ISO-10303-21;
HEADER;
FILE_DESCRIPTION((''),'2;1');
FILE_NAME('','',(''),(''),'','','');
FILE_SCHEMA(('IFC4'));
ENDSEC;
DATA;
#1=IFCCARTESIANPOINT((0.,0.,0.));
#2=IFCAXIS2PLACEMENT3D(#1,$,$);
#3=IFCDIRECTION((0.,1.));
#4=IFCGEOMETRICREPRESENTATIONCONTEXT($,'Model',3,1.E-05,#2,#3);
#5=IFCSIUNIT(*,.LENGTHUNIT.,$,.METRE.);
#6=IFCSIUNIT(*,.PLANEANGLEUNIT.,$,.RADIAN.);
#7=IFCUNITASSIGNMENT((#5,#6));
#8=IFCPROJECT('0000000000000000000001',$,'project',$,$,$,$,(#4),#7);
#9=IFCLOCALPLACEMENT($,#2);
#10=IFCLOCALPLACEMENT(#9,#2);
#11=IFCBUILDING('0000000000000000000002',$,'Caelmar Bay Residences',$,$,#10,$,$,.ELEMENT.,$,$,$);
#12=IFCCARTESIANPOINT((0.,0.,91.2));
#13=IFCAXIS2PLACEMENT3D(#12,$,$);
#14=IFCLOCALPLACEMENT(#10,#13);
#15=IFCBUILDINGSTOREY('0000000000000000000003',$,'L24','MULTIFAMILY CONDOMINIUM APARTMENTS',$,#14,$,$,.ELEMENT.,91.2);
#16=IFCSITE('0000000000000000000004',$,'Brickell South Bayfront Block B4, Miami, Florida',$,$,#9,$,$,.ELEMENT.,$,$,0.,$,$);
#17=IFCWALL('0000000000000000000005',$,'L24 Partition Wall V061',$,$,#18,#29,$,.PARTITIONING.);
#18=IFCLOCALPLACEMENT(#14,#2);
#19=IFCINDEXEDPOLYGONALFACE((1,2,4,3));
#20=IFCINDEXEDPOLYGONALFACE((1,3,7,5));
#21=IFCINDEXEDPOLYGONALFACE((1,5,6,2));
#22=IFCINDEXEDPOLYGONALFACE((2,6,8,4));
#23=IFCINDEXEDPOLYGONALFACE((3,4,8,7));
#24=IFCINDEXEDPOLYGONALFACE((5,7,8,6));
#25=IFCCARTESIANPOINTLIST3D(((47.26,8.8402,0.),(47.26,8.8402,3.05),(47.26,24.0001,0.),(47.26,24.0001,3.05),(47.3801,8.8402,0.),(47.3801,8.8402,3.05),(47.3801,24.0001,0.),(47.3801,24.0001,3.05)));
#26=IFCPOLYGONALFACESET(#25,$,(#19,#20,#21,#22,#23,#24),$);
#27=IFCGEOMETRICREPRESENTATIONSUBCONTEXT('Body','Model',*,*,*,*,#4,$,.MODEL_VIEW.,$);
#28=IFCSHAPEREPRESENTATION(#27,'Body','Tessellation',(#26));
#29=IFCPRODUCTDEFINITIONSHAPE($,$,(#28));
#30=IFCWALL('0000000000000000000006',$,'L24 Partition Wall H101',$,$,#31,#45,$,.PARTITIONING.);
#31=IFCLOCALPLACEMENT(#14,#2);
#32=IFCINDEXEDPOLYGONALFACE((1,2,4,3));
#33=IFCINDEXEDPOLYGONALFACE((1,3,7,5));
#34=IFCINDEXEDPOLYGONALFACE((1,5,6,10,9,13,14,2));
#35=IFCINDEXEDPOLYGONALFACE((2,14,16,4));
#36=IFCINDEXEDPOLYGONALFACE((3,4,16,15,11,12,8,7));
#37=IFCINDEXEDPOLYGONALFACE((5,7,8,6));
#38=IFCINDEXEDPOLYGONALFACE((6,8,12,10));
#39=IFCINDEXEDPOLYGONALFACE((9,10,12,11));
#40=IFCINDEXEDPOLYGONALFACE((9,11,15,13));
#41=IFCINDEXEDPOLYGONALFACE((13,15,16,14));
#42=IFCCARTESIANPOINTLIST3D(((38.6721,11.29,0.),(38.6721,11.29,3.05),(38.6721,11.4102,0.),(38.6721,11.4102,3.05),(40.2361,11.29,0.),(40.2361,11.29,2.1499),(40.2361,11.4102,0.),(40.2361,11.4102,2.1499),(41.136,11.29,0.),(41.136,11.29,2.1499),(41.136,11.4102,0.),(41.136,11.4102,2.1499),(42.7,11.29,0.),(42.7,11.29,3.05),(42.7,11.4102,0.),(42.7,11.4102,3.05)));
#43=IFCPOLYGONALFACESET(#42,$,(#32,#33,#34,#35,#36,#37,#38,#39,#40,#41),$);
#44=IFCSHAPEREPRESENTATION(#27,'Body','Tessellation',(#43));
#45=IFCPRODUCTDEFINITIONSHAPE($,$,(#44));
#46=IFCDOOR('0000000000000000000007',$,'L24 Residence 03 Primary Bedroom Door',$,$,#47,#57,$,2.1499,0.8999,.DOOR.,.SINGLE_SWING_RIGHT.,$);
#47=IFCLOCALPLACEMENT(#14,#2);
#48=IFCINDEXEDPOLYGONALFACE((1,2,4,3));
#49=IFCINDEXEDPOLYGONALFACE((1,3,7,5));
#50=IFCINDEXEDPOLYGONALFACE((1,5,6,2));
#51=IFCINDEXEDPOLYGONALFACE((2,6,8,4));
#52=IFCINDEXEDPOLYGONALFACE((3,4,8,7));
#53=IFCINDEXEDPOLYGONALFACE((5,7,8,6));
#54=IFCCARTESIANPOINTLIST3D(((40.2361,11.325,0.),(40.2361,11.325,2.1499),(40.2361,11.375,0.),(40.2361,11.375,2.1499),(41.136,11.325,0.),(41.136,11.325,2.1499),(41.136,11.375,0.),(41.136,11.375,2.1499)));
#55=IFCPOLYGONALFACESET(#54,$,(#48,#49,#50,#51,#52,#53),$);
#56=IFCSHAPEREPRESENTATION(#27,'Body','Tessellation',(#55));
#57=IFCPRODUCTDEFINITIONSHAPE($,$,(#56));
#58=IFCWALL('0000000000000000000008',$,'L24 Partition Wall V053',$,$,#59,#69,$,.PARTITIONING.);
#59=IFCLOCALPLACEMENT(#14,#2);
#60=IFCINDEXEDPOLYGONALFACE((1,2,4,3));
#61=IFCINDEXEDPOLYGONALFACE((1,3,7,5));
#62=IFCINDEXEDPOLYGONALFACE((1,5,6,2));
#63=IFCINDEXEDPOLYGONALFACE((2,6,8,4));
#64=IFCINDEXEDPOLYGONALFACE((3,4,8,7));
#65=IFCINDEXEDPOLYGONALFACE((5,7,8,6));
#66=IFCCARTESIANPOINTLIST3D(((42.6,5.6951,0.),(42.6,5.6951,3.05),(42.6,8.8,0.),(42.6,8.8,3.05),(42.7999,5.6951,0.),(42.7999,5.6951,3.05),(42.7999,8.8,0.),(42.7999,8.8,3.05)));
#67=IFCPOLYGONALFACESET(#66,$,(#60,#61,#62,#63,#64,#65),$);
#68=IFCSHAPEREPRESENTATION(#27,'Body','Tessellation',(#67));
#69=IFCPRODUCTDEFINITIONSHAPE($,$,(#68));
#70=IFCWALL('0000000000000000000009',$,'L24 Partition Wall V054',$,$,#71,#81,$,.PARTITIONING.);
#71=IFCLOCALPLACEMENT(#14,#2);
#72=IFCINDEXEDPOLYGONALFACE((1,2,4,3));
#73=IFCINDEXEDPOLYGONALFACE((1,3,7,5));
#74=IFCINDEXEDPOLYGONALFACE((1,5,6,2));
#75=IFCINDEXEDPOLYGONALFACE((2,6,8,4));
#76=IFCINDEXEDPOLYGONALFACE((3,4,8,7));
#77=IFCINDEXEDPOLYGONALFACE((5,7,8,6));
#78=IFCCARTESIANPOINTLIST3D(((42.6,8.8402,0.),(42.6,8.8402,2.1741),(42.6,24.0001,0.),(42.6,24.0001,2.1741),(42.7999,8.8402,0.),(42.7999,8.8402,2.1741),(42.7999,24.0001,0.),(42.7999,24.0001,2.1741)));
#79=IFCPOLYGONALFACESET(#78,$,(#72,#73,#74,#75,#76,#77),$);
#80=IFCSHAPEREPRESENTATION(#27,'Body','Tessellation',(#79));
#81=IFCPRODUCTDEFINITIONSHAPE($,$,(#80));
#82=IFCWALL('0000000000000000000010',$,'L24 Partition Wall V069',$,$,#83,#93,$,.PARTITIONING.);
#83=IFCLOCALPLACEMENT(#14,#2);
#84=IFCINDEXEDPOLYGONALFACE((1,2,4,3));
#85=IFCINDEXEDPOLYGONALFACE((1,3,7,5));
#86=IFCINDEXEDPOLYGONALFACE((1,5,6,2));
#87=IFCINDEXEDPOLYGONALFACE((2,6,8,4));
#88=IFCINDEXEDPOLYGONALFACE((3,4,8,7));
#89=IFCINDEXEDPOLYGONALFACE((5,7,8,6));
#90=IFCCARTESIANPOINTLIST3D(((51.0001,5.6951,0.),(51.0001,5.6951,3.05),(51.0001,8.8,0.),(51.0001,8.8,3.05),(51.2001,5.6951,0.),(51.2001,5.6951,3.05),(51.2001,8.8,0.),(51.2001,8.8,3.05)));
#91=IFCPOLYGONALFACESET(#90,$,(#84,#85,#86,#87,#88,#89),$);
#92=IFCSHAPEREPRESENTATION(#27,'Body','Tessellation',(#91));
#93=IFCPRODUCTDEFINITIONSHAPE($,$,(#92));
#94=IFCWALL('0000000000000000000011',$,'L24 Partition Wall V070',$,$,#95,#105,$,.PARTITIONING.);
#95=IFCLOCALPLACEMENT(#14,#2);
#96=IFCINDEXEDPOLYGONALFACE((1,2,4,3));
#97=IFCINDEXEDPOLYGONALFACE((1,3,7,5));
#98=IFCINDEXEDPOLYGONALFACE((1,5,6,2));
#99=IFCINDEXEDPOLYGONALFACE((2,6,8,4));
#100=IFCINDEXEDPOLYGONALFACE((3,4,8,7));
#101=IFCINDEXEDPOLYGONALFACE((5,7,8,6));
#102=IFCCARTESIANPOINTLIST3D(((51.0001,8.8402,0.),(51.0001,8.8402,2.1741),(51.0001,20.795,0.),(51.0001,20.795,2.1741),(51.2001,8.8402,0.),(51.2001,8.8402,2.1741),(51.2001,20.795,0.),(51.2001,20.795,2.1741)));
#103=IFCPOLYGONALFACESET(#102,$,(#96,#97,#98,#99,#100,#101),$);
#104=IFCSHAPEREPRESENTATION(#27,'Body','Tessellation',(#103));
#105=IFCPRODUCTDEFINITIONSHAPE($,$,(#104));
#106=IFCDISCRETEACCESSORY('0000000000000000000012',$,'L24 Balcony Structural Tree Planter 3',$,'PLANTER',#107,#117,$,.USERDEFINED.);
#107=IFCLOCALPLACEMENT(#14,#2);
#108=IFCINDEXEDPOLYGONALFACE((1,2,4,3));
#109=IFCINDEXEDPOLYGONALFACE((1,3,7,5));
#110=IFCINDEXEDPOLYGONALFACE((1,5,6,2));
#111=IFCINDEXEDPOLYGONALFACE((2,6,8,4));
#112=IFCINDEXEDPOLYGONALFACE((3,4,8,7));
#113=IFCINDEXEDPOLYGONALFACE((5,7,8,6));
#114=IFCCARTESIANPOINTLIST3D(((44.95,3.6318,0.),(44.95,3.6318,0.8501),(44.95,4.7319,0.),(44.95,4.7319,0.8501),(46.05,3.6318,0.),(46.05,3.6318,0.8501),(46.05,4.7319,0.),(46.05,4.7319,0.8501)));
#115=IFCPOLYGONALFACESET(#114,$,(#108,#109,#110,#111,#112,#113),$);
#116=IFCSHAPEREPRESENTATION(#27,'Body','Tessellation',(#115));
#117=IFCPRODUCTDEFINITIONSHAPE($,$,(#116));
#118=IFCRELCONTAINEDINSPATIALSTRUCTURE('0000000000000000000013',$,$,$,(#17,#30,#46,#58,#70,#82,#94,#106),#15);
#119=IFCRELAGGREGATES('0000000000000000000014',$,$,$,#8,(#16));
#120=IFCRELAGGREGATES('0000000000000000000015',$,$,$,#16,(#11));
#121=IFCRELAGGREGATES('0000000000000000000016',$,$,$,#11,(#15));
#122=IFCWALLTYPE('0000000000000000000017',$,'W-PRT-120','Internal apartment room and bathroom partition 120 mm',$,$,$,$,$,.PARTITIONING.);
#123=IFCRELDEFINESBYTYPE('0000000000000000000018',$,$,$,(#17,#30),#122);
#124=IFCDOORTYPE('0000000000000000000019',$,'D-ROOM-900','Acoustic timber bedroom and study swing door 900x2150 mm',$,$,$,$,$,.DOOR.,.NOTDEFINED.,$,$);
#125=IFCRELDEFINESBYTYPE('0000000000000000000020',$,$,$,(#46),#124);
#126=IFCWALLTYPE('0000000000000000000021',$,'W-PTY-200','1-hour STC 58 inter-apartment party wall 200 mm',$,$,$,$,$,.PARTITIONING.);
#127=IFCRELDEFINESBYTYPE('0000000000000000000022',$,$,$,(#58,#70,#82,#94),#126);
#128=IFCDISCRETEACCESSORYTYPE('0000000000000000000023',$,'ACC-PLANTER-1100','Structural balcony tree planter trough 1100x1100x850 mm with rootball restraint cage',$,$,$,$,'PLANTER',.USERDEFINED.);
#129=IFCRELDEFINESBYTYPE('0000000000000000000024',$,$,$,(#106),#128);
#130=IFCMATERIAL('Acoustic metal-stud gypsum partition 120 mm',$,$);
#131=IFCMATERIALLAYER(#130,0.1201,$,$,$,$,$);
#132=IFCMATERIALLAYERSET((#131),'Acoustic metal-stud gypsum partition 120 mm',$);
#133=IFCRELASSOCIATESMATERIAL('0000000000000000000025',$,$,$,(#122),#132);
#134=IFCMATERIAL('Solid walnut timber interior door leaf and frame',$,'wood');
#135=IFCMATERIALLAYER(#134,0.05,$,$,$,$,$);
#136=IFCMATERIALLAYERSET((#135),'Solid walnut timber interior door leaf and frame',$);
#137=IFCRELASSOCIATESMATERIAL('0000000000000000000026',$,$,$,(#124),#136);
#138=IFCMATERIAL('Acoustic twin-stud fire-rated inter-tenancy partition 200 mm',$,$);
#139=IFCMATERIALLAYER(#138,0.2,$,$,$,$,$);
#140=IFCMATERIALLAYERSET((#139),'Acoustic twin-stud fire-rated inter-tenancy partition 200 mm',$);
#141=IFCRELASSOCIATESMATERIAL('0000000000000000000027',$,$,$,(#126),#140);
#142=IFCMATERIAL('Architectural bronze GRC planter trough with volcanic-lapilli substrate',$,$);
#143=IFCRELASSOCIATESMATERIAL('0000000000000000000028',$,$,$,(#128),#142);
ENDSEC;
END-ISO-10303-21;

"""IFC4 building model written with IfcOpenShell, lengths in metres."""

from ifc_helpers import new_model, si_unit, direction, frame, frame_2d, origin, origin_2d, place, context, subcontext, project, spatial, rectangle, extrude, material, layer, layer_set, type_object, element, fill, save


model = new_model("IFC4")

# Units and contexts
model_context = context("Model", 3, precision=1e-05, world=origin(), true_north=direction((0.0, 1.0)))
body_context = subcontext(model_context, "Body", "Model", "MODEL_VIEW")
ifc_project = project(units=[si_unit("LENGTHUNIT", "METRE"), si_unit("PLANEANGLEUNIT", "RADIAN")], contexts=[model_context])

# Site, building, storey
site_placement = place(None, origin())
site = spatial("IfcSite", under=ifc_project, at=site_placement, Name="Brickell South Bayfront Block B4, Miami, Florida", CompositionType="ELEMENT", RefElevation=0.0)
building_placement = place(site_placement, origin())
building = spatial("IfcBuilding", under=site, at=building_placement, Name="Caelmar Bay Residences", CompositionType="ELEMENT")
storey_placement = place(building_placement, frame((0.0, 0.0, 91.2)))
storey = spatial("IfcBuildingStorey", under=building, at=storey_placement, Name="L24", Description="MULTIFAMILY CONDOMINIUM APARTMENTS", CompositionType="ELEMENT", Elevation=91.2)

# Wall
ifc_material_1 = material(Name="Acoustic metal-stud gypsum partition 120 mm")
ifc_layer_1 = layer(ifc_material_1, 0.1201)
ifc_layer_set_1 = layer_set([ifc_layer_1], Name="Acoustic metal-stud gypsum partition 120 mm")
wall_type_1 = type_object("IfcWallType", Name="W-PRT-120", Description="Internal apartment room and bathroom partition 120 mm", PredefinedType="PARTITIONING", material=ifc_layer_set_1)
wall_1_placement = place(storey_placement, frame((47.3201, 8.8401, 0.0), z_axis=(0.0, 0.0, 1.0), x_axis=(0.0, 1.0, 0.0)))
element("IfcWall", 1, at=wall_1_placement, inside=storey, type_object=wall_type_1, Name="L24 Partition Wall V061", PredefinedType="PARTITIONING", context=body_context, shape_type="SweptSolid", body=[
    extrude(rectangle(XDim=15.1599, YDim=0.1201, at=frame_2d((7.5801, 0.0))), origin(), (0.0, 0.0, 1.0), 3.05),
])

# Wall, opening, door
wall_2_placement = place(storey_placement, frame((38.6721, 11.3501, 0.0), z_axis=(0.0, 0.0, 1.0), x_axis=(1.0, 0.0, 0.0)))
wall_2 = element("IfcWall", 2, at=wall_2_placement, inside=storey, type_object=wall_type_1, Name="L24 Partition Wall H101", PredefinedType="PARTITIONING", context=body_context, shape_type="SweptSolid", body=[
    extrude(rectangle(XDim=4.0278, YDim=0.1201, at=frame_2d((2.0139, 0.0))), origin(), (0.0, 0.0, 1.0), 3.05),
])
opening_1_placement = place(wall_2_placement, frame((1.564, 0.0, 0.0)))
opening_1 = element("IfcOpeningElement", 3, at=opening_1_placement, cuts=wall_2, PredefinedType="OPENING", context=body_context, shape_type="SweptSolid", body=[
    extrude(rectangle(XDim=0.8999, YDim=2.1499, at=frame_2d((0.45, 1.075))), frame((0.0, 0.0701, 0.0), z_axis=(0.0, -1.0, 0.0), x_axis=(1.0, 0.0, 0.0)), (0.0, 0.0, 1.0), 0.1401),
])
ifc_material_2 = material(Name="Solid walnut timber interior door leaf and frame", Category="wood")
ifc_layer_2 = layer(ifc_material_2, 0.05)
ifc_layer_set_2 = layer_set([ifc_layer_2], Name="Solid walnut timber interior door leaf and frame")
door_type = type_object("IfcDoorType", Name="D-ROOM-900", Description="Acoustic timber bedroom and study swing door 900x2150 mm", OperationType="NOTDEFINED", PredefinedType="DOOR", material=ifc_layer_set_2)
door_1_placement = place(opening_1_placement, origin())
door_1 = element("IfcDoor", 4, at=door_1_placement, inside=storey, type_object=door_type, Name="L24 Residence 03 Primary Bedroom Door", OperationType="SINGLE_SWING_RIGHT", OverallHeight=2.1499, OverallWidth=0.8999, PredefinedType="DOOR", context=body_context, shape_type="SweptSolid", body=[
    extrude(rectangle(XDim=0.8999, YDim=2.1499, at=frame_2d((0.45, 1.075))), frame((0.0, 0.0249, 0.0), z_axis=(0.0, -1.0, 0.0), x_axis=(1.0, 0.0, 0.0)), (0.0, 0.0, 1.0), 0.05),
])
fill(opening_1, door_1)

# Walls
ifc_material_3 = material(Name="Acoustic twin-stud fire-rated inter-tenancy partition 200 mm")
ifc_layer_3 = layer(ifc_material_3, 0.2)
ifc_layer_set_3 = layer_set([ifc_layer_3], Name="Acoustic twin-stud fire-rated inter-tenancy partition 200 mm")
wall_type_2 = type_object("IfcWallType", Name="W-PTY-200", Description="1-hour STC 58 inter-apartment party wall 200 mm", PredefinedType="PARTITIONING", material=ifc_layer_set_3)
wall_3_placement = place(storey_placement, frame((42.7, 5.6951, 0.0), z_axis=(0.0, 0.0, 1.0), x_axis=(0.0, 1.0, 0.0)))
element("IfcWall", 5, at=wall_3_placement, inside=storey, type_object=wall_type_2, Name="L24 Partition Wall V053", PredefinedType="PARTITIONING", context=body_context, shape_type="SweptSolid", body=[
    extrude(rectangle(XDim=3.105, YDim=0.2, at=frame_2d((1.5525, 0.0))), origin(), (0.0, 0.0, 1.0), 3.05),
])
wall_4_placement = place(storey_placement, frame((42.7, 8.8401, 0.0), z_axis=(0.0, 0.0, 1.0), x_axis=(0.0, 1.0, 0.0)))
element("IfcWall", 6, at=wall_4_placement, inside=storey, type_object=wall_type_2, Name="L24 Partition Wall V054", PredefinedType="PARTITIONING", context=body_context, shape_type="SweptSolid", body=[
    extrude(rectangle(XDim=15.1599, YDim=0.2, at=frame_2d((7.5801, 0.0))), origin(), (0.0, 0.0, 1.0), 2.1741),
])
wall_5_placement = place(storey_placement, frame((51.1001, 5.6951, 0.0), z_axis=(0.0, 0.0, 1.0), x_axis=(0.0, 1.0, 0.0)))
element("IfcWall", 7, at=wall_5_placement, inside=storey, type_object=wall_type_2, Name="L24 Partition Wall V069", PredefinedType="PARTITIONING", context=body_context, shape_type="SweptSolid", body=[
    extrude(rectangle(XDim=3.105, YDim=0.2, at=frame_2d((1.5525, 0.0))), origin(), (0.0, 0.0, 1.0), 3.05),
])
wall_6_placement = place(storey_placement, frame((51.1001, 8.8401, 0.0), z_axis=(0.0, 0.0, 1.0), x_axis=(0.0, 1.0, 0.0)))
element("IfcWall", 8, at=wall_6_placement, inside=storey, type_object=wall_type_2, Name="L24 Partition Wall V070", PredefinedType="PARTITIONING", context=body_context, shape_type="SweptSolid", body=[
    extrude(rectangle(XDim=11.9548, YDim=0.2, at=frame_2d((5.9775, 0.0))), origin(), (0.0, 0.0, 1.0), 2.1741),
])

# Discrete accessory
ifc_material_4 = material(Name="Architectural bronze GRC planter trough with volcanic-lapilli substrate")
discrete_accessory_type = type_object("IfcDiscreteAccessoryType", Name="ACC-PLANTER-1100", Description="Structural balcony tree planter trough 1100x1100x850 mm with rootball restraint cage", ElementType="PLANTER", PredefinedType="USERDEFINED", material=ifc_material_4)
discrete_accessory_placement = place(storey_placement, frame((45.5, 4.1819, 0.0), z_axis=(0.0, 0.0, 1.0), x_axis=(1.0, 0.0, 0.0)))
element("IfcDiscreteAccessory", 9, at=discrete_accessory_placement, inside=storey, type_object=discrete_accessory_type, Name="L24 Balcony Structural Tree Planter 3", ObjectType="PLANTER", PredefinedType="USERDEFINED", context=body_context, shape_type="SweptSolid", body=[
    extrude(rectangle(XDim=1.1001, YDim=1.1001, at=origin_2d()), origin(), (0.0, 0.0, 1.0), 0.8501),
])

save(model, "model.ifc")
